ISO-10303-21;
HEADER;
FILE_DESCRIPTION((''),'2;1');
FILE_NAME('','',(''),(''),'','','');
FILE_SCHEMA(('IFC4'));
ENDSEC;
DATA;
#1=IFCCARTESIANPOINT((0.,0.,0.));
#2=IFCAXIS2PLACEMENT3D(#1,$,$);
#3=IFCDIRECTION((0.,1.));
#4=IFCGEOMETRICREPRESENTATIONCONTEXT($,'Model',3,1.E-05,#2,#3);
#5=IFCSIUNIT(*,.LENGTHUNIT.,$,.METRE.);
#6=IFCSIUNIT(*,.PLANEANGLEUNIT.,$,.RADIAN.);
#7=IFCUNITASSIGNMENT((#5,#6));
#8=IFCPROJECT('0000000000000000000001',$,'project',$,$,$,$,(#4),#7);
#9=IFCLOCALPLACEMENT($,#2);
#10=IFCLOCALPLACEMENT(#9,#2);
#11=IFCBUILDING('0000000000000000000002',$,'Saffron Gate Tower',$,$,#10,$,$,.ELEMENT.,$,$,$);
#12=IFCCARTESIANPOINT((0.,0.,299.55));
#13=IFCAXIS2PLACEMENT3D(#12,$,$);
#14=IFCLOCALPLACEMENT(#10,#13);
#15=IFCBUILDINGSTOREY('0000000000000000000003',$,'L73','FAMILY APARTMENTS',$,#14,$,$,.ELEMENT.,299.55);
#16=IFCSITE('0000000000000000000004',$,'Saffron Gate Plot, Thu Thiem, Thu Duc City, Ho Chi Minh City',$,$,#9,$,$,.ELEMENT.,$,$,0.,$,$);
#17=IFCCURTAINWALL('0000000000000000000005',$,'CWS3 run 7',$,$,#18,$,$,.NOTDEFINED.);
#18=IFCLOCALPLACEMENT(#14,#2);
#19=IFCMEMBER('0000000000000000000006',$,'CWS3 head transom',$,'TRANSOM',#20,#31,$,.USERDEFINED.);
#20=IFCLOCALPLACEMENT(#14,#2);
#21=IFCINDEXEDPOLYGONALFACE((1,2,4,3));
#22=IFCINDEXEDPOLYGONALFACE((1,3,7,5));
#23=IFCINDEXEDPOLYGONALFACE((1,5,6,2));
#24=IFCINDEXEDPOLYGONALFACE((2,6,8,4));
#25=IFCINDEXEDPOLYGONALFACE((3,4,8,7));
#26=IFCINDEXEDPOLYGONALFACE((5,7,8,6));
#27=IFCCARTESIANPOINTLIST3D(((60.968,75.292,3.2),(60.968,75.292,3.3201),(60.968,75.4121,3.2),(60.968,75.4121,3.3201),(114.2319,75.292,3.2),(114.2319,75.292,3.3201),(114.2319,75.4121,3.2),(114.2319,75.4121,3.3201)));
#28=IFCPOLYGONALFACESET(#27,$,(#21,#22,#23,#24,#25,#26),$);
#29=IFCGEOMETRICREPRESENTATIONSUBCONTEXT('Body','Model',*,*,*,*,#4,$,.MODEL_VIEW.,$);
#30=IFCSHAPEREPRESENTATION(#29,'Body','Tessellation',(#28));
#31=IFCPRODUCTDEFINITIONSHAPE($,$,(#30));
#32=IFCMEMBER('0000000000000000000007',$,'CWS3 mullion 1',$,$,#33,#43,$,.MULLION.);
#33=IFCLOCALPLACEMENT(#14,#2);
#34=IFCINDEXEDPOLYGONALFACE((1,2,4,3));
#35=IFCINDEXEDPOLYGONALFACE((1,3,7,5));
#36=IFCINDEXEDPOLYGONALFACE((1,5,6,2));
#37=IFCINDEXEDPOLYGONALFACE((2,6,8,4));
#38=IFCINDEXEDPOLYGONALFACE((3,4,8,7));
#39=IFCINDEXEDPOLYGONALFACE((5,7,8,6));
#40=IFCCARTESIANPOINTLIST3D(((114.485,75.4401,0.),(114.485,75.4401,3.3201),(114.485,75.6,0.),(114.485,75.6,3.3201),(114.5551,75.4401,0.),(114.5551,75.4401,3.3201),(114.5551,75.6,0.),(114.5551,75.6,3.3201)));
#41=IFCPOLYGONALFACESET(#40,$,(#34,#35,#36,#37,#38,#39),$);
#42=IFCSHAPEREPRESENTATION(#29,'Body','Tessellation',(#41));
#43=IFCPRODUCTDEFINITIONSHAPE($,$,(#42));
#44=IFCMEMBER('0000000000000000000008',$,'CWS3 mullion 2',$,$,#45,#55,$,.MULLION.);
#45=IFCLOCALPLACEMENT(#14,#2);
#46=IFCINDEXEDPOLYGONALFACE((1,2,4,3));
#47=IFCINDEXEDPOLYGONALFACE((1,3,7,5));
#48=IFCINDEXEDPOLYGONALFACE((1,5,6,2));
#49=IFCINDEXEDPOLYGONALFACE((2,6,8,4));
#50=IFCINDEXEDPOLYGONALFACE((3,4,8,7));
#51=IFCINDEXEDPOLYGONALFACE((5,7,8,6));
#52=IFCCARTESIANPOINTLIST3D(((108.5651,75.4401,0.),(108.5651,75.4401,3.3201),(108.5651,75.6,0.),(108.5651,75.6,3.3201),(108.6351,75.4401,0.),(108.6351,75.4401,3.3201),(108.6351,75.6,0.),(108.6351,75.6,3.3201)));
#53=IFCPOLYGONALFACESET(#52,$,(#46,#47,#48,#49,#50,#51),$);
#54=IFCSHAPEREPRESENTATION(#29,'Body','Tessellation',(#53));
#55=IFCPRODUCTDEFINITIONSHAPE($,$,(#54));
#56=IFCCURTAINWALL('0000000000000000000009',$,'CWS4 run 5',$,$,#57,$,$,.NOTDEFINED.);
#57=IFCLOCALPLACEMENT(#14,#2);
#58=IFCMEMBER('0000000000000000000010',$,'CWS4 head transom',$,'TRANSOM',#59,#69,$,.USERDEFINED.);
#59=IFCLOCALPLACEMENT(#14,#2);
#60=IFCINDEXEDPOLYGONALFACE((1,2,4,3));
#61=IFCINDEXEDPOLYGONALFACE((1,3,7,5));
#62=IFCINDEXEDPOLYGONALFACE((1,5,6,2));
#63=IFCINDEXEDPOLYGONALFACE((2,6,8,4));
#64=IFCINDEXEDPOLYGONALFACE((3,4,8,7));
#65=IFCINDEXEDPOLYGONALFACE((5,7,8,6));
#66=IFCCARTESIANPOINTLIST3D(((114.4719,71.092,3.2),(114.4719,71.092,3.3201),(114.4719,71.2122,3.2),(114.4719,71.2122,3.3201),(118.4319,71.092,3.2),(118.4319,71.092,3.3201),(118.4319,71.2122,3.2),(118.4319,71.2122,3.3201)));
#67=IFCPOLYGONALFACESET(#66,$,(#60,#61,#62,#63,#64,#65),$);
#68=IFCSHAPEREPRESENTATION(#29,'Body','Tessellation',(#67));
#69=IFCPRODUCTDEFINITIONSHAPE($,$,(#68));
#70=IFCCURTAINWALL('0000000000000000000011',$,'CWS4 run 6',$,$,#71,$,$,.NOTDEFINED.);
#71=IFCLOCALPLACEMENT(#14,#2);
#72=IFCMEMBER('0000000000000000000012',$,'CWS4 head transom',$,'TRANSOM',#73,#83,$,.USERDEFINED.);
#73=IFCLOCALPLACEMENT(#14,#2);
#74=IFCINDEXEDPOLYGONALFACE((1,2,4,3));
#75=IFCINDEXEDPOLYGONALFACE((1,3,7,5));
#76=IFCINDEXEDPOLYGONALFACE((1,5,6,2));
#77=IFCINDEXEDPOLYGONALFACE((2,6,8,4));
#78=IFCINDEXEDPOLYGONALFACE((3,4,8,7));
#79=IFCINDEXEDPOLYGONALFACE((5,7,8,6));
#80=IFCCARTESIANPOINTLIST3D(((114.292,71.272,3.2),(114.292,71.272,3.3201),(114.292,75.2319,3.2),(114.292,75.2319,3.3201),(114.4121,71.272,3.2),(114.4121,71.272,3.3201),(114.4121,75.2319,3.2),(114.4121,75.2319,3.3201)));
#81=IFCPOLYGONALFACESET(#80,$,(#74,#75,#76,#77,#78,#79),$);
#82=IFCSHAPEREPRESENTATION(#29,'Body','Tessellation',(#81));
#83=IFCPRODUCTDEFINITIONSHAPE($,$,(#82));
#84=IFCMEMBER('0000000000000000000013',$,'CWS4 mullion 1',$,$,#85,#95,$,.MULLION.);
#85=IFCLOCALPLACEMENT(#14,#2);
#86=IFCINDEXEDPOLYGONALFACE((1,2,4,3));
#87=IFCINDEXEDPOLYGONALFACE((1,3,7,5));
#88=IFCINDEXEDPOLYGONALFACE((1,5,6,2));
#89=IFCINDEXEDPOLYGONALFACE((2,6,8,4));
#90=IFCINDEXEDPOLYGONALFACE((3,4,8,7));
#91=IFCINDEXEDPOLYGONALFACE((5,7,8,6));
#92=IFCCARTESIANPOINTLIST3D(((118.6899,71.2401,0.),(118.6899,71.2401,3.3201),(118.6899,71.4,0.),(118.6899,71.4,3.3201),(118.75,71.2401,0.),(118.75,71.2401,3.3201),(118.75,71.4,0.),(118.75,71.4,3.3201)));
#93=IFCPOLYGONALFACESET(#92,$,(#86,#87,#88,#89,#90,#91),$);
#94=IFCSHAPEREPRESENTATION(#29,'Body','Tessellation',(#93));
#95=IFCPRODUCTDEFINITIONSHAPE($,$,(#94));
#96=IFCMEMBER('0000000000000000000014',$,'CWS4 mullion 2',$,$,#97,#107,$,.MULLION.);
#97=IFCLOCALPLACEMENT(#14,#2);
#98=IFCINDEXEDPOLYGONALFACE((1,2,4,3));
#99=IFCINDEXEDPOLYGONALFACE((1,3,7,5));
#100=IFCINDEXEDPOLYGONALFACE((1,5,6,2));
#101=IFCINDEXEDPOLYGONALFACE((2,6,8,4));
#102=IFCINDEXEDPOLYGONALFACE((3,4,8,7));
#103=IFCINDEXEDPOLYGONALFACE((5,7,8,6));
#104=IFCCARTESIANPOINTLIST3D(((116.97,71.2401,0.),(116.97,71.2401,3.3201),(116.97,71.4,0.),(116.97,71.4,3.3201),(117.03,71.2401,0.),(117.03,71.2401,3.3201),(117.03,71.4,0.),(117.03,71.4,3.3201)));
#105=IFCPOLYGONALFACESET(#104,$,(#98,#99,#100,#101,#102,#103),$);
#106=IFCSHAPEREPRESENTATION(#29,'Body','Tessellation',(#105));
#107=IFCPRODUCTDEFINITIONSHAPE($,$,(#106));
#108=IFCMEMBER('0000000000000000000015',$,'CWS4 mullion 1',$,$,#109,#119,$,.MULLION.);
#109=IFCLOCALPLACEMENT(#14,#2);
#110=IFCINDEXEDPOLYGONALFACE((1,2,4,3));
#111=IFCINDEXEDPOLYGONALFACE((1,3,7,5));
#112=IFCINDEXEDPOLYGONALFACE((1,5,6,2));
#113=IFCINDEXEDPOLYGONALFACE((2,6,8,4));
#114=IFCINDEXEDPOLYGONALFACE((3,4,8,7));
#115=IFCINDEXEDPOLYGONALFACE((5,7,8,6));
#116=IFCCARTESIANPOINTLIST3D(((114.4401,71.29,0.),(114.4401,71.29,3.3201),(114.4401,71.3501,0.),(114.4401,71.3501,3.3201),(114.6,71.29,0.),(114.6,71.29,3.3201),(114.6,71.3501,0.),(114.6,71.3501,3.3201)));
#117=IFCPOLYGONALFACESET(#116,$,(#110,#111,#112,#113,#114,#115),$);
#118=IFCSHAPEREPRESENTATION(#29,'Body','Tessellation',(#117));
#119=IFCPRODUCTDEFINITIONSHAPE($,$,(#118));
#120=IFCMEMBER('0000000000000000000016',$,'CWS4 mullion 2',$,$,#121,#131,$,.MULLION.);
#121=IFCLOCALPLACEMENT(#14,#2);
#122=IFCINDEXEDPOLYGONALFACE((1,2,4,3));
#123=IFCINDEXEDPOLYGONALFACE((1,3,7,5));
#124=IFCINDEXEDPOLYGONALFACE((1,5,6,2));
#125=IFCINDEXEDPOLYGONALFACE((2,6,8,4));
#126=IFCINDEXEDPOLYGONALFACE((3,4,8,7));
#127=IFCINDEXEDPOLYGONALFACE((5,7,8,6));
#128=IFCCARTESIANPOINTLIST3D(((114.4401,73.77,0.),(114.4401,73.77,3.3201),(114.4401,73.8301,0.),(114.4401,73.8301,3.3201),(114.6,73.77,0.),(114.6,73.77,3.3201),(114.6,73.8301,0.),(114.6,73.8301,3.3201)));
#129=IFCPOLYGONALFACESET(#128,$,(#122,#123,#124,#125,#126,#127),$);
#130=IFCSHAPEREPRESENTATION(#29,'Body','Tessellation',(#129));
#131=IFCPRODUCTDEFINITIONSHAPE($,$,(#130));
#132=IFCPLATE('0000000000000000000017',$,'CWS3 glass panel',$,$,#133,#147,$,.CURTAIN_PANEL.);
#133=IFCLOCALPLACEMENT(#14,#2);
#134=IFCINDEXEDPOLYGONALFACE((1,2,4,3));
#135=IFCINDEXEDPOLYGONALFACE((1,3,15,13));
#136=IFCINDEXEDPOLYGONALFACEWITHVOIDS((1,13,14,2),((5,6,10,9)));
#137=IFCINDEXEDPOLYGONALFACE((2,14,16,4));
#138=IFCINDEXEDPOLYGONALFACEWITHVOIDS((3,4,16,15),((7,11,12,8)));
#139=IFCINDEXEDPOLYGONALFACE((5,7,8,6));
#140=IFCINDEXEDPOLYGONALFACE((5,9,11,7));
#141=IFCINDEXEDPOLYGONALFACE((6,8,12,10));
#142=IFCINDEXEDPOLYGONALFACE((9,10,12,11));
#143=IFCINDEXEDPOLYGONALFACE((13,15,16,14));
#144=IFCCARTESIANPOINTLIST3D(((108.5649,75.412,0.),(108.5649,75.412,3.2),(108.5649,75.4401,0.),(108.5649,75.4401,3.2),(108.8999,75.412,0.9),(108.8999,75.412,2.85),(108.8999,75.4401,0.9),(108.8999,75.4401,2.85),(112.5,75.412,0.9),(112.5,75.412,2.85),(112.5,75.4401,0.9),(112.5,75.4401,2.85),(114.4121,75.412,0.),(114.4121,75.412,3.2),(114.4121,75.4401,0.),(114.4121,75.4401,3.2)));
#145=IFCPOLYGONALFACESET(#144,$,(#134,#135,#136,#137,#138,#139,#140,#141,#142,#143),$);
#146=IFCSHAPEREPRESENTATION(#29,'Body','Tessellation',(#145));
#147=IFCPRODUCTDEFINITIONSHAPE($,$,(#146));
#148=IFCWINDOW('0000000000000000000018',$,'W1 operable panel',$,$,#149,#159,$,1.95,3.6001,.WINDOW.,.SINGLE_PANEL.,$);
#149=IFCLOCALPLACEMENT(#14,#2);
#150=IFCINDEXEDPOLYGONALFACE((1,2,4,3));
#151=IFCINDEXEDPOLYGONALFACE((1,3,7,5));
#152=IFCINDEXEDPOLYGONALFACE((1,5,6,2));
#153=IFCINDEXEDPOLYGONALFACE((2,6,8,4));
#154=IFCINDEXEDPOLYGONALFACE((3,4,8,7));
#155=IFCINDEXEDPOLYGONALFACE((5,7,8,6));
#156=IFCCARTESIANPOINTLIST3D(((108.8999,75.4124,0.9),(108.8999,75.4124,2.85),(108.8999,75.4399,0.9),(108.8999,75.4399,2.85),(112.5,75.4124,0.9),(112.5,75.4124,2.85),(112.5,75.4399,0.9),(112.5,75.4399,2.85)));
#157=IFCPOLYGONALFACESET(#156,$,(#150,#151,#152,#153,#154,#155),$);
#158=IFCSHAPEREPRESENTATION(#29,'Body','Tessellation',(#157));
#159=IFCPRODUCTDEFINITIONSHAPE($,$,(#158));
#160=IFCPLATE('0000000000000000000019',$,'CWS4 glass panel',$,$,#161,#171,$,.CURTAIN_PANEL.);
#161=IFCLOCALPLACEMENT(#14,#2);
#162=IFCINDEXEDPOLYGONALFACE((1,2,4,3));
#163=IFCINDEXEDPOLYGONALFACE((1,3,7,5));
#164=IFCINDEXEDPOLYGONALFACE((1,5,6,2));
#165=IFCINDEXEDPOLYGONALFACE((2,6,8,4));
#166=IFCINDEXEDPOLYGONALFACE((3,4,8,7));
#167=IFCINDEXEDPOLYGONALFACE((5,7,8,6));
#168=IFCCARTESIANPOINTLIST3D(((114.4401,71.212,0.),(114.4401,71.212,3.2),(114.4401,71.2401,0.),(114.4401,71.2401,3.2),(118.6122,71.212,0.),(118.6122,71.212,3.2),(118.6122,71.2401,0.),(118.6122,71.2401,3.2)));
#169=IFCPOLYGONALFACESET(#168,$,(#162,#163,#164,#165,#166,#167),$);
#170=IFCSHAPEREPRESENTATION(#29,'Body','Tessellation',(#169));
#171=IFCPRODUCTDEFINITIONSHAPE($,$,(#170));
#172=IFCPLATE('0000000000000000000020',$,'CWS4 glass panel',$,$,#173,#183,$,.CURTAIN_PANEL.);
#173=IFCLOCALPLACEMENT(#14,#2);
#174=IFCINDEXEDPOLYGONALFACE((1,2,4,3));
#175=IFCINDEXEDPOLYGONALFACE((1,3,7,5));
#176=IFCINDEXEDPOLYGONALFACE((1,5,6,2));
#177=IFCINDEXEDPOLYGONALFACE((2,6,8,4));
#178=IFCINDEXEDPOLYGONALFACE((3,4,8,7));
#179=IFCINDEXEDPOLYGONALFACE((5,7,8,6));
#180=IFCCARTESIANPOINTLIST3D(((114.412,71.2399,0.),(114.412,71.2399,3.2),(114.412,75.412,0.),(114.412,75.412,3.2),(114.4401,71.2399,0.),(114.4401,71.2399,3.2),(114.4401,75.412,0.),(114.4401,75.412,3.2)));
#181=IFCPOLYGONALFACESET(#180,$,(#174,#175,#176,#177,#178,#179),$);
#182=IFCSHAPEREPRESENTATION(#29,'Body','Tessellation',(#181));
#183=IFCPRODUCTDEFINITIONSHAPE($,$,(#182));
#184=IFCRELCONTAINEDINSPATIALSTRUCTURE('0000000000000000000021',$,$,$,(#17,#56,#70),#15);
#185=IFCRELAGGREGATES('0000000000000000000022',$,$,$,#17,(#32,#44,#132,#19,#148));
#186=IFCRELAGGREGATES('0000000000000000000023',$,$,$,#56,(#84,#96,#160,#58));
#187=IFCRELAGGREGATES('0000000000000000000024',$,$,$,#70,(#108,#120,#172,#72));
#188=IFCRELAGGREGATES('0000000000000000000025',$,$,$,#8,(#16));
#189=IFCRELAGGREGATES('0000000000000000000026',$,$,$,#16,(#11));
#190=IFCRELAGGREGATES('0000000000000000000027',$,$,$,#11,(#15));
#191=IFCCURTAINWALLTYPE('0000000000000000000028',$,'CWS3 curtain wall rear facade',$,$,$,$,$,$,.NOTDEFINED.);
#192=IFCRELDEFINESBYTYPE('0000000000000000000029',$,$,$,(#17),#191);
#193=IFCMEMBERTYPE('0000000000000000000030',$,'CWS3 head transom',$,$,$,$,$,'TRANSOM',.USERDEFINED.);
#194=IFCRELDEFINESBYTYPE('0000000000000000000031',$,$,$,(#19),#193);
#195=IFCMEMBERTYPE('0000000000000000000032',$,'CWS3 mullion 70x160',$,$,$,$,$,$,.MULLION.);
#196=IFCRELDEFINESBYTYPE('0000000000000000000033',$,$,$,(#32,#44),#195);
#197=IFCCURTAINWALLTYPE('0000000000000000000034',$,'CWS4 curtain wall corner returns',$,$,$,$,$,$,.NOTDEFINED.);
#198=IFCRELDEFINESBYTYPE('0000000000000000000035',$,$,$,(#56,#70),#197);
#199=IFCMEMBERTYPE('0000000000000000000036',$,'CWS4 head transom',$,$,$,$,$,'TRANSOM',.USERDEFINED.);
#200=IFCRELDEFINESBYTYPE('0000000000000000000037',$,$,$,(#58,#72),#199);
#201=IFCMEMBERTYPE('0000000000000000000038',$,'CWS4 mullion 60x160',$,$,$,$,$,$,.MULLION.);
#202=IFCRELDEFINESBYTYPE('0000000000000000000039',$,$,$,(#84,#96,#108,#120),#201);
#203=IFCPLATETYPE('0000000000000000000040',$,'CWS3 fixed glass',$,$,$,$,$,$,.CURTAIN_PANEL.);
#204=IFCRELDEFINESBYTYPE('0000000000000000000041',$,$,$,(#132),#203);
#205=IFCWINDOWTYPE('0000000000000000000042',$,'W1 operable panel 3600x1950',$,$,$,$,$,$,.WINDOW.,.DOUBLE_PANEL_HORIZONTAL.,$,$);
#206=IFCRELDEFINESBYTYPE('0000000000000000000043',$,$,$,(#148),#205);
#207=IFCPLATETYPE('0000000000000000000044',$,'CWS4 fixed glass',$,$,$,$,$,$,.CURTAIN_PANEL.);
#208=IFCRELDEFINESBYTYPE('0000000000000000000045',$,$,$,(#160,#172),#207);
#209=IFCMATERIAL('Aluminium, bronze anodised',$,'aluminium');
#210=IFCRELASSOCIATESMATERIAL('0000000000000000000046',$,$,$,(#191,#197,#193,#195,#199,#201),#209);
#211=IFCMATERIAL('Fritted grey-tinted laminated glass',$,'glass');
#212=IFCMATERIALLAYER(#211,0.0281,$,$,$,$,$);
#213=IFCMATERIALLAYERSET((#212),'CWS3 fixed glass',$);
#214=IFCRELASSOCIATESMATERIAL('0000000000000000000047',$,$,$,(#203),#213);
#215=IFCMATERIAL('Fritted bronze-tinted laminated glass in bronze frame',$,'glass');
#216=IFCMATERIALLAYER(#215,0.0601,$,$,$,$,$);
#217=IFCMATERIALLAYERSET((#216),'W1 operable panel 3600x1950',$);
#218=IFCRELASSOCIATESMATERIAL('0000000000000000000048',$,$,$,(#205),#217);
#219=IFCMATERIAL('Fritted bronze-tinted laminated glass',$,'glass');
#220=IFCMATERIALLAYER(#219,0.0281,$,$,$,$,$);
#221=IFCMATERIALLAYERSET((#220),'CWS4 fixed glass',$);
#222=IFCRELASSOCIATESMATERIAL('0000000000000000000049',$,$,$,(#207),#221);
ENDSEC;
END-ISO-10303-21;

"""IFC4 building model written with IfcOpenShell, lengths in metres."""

from ifc_helpers import new_model, si_unit, direction, frame, frame_2d, origin, origin_2d, place, context, subcontext, project, spatial, rectangle, extrude, material, layer, layer_set, material_profile, profile_set, type_object, element, fill, aggregate, save


model = new_model("IFC4")

# Units and contexts
model_context = context("Model", 3, precision=1e-05, world=origin(), true_north=direction((0.0, 1.0)))
body_context = subcontext(model_context, "Body", "Model", "MODEL_VIEW")
ifc_project = project(units=[si_unit("LENGTHUNIT", "METRE"), si_unit("PLANEANGLEUNIT", "RADIAN")], contexts=[model_context])

# Site, building, storey
site_placement = place(None, origin())
site = spatial("IfcSite", under=ifc_project, at=site_placement, Name="Saffron Gate Plot, Thu Thiem, Thu Duc City, Ho Chi Minh City", CompositionType="ELEMENT", RefElevation=0.0)
building_placement = place(site_placement, origin())
building = spatial("IfcBuilding", under=site, at=building_placement, Name="Saffron Gate Tower", CompositionType="ELEMENT")
storey_placement = place(building_placement, frame((0.0, 0.0, 299.55)))
storey = spatial("IfcBuildingStorey", under=building, at=storey_placement, Name="L73", Description="FAMILY APARTMENTS", CompositionType="ELEMENT", Elevation=299.55)

# Curtain wall, members
ifc_material_1 = material(Name="Aluminium, bronze anodised", Category="aluminium")
curtain_wall_type_1 = type_object("IfcCurtainWallType", Name="CWS3 curtain wall rear facade", PredefinedType="NOTDEFINED", material=ifc_material_1)
curtain_wall_1_placement = place(storey_placement, origin())
curtain_wall_1 = element("IfcCurtainWall", 1, at=curtain_wall_1_placement, inside=storey, type_object=curtain_wall_type_1, Name="CWS3 run 7", PredefinedType="NOTDEFINED")
ifc_material_profile_1 = material_profile(ifc_material_1, rectangle(XDim=0.1201, YDim=0.1201, at=origin_2d()))
ifc_profile_set_1 = profile_set([ifc_material_profile_1], Name="Aluminium, bronze anodised")
member_type_1 = type_object("IfcMemberType", Name="CWS3 head transom", ElementType="TRANSOM", PredefinedType="USERDEFINED", material=ifc_profile_set_1)
member_1_placement = place(storey_placement, frame((114.2319, 75.3521, 3.26), z_axis=(-1.0, 0.0, 0.0), x_axis=(0.0, -1.0, 0.0)))
member_1 = element("IfcMember", 2, at=member_1_placement, type_object=member_type_1, Name="CWS3 head transom", ObjectType="TRANSOM", PredefinedType="USERDEFINED", context=body_context, shape_type="SweptSolid", body=[
    extrude(rectangle(XDim=0.1201, YDim=0.1201, at=origin_2d()), origin(), (0.0, 0.0, 1.0), 53.2639),
])
ifc_material_profile_2 = material_profile(ifc_material_1, rectangle(XDim=0.1599, YDim=0.0701, at=origin_2d()))
ifc_profile_set_2 = profile_set([ifc_material_profile_2], Name="Aluminium, bronze anodised")
member_type_2 = type_object("IfcMemberType", Name="CWS3 mullion 70x160", PredefinedType="MULLION", material=ifc_profile_set_2)
member_2_placement = place(storey_placement, frame((114.52, 75.52, 0.0), z_axis=(0.0, 0.0, 1.0), x_axis=(0.0, -1.0, 0.0)))
member_2 = element("IfcMember", 3, at=member_2_placement, type_object=member_type_2, Name="CWS3 mullion 1", PredefinedType="MULLION", context=body_context, shape_type="SweptSolid", body=[
    extrude(rectangle(XDim=0.1599, YDim=0.0701, at=origin_2d()), origin(), (0.0, 0.0, 1.0), 3.3201),
])
member_3_placement = place(storey_placement, frame((108.6001, 75.52, 0.0), z_axis=(0.0, 0.0, 1.0), x_axis=(0.0, -1.0, 0.0)))
member_3 = element("IfcMember", 4, at=member_3_placement, type_object=member_type_2, Name="CWS3 mullion 2", PredefinedType="MULLION", context=body_context, shape_type="SweptSolid", body=[
    extrude(rectangle(XDim=0.1599, YDim=0.0701, at=origin_2d()), origin(), (0.0, 0.0, 1.0), 3.3201),
])

# Curtain walls, members
curtain_wall_type_2 = type_object("IfcCurtainWallType", Name="CWS4 curtain wall corner returns", PredefinedType="NOTDEFINED", material=ifc_material_1)
curtain_wall_2_placement = place(storey_placement, origin())
curtain_wall_2 = element("IfcCurtainWall", 5, at=curtain_wall_2_placement, inside=storey, type_object=curtain_wall_type_2, Name="CWS4 run 5", PredefinedType="NOTDEFINED")
ifc_material_profile_3 = material_profile(ifc_material_1, rectangle(XDim=0.1201, YDim=0.1201, at=origin_2d()))
ifc_profile_set_3 = profile_set([ifc_material_profile_3], Name="Aluminium, bronze anodised")
member_type_3 = type_object("IfcMemberType", Name="CWS4 head transom", ElementType="TRANSOM", PredefinedType="USERDEFINED", material=ifc_profile_set_3)
member_4_placement = place(storey_placement, frame((118.4319, 71.1521, 3.26), z_axis=(-1.0, 0.0, 0.0), x_axis=(0.0, -1.0, 0.0)))
member_4 = element("IfcMember", 6, at=member_4_placement, type_object=member_type_3, Name="CWS4 head transom", ObjectType="TRANSOM", PredefinedType="USERDEFINED", context=body_context, shape_type="SweptSolid", body=[
    extrude(rectangle(XDim=0.1201, YDim=0.1201, at=origin_2d()), origin(), (0.0, 0.0, 1.0), 3.96),
])
curtain_wall_3_placement = place(storey_placement, origin())
curtain_wall_3 = element("IfcCurtainWall", 7, at=curtain_wall_3_placement, inside=storey, type_object=curtain_wall_type_2, Name="CWS4 run 6", PredefinedType="NOTDEFINED")
member_5_placement = place(storey_placement, frame((114.3521, 71.272, 3.26), z_axis=(0.0, 1.0, 0.0), x_axis=(-1.0, 0.0, 0.0)))
member_5 = element("IfcMember", 8, at=member_5_placement, type_object=member_type_3, Name="CWS4 head transom", ObjectType="TRANSOM", PredefinedType="USERDEFINED", context=body_context, shape_type="SweptSolid", body=[
    extrude(rectangle(XDim=0.1201, YDim=0.1201, at=origin_2d()), origin(), (0.0, 0.0, 1.0), 3.96),
])

# Members
ifc_material_profile_4 = material_profile(ifc_material_1, rectangle(XDim=0.1599, YDim=0.0601, at=origin_2d()))
ifc_profile_set_4 = profile_set([ifc_material_profile_4], Name="Aluminium, bronze anodised")
member_type_4 = type_object("IfcMemberType", Name="CWS4 mullion 60x160", PredefinedType="MULLION", material=ifc_profile_set_4)
member_6_placement = place(storey_placement, frame((118.72, 71.3201, 0.0), z_axis=(0.0, 0.0, 1.0), x_axis=(0.0, -1.0, 0.0)))
member_6 = element("IfcMember", 9, at=member_6_placement, type_object=member_type_4, Name="CWS4 mullion 1", PredefinedType="MULLION", context=body_context, shape_type="SweptSolid", body=[
    extrude(rectangle(XDim=0.1599, YDim=0.0601, at=origin_2d()), origin(), (0.0, 0.0, 1.0), 3.3201),
])
member_7_placement = place(storey_placement, frame((117.0, 71.3201, 0.0), z_axis=(0.0, 0.0, 1.0), x_axis=(0.0, -1.0, 0.0)))
member_7 = element("IfcMember", 10, at=member_7_placement, type_object=member_type_4, Name="CWS4 mullion 2", PredefinedType="MULLION", context=body_context, shape_type="SweptSolid", body=[
    extrude(rectangle(XDim=0.1599, YDim=0.0601, at=origin_2d()), origin(), (0.0, 0.0, 1.0), 3.3201),
])
member_8_placement = place(storey_placement, frame((114.52, 71.3201, 0.0), z_axis=(0.0, 0.0, 1.0), x_axis=(-1.0, 0.0, 0.0)))
member_8 = element("IfcMember", 11, at=member_8_placement, type_object=member_type_4, Name="CWS4 mullion 1", PredefinedType="MULLION", context=body_context, shape_type="SweptSolid", body=[
    extrude(rectangle(XDim=0.1599, YDim=0.0601, at=origin_2d()), origin(), (0.0, 0.0, 1.0), 3.3201),
])
member_9_placement = place(storey_placement, frame((114.52, 73.8, 0.0), z_axis=(0.0, 0.0, 1.0), x_axis=(-1.0, 0.0, 0.0)))
member_9 = element("IfcMember", 12, at=member_9_placement, type_object=member_type_4, Name="CWS4 mullion 2", PredefinedType="MULLION", context=body_context, shape_type="SweptSolid", body=[
    extrude(rectangle(XDim=0.1599, YDim=0.0601, at=origin_2d()), origin(), (0.0, 0.0, 1.0), 3.3201),
])

# Plate, opening, window
ifc_material_2 = material(Name="Fritted grey-tinted laminated glass", Category="glass")
ifc_layer_1 = layer(ifc_material_2, 0.0281)
ifc_layer_set_1 = layer_set([ifc_layer_1], Name="CWS3 fixed glass")
plate_type_1 = type_object("IfcPlateType", Name="CWS3 fixed glass", PredefinedType="CURTAIN_PANEL", material=ifc_layer_set_1)
plate_1_placement = place(storey_placement, frame((114.4121, 75.426, 0.0), z_axis=(0.0, 0.0, 1.0), x_axis=(-1.0, 0.0, 0.0)))
plate_1 = element("IfcPlate", 13, at=plate_1_placement, type_object=plate_type_1, Name="CWS3 glass panel", PredefinedType="CURTAIN_PANEL", context=body_context, shape_type="SweptSolid", body=[
    extrude(rectangle(XDim=5.8472, YDim=0.0281, at=frame_2d((2.9236, 0.0))), origin(), (0.0, 0.0, 1.0), 3.2),
])
opening_1_placement = place(plate_1_placement, frame((1.9121, 0.0, 0.8999)))
opening_1 = element("IfcOpeningElement", 14, at=opening_1_placement, cuts=plate_1, PredefinedType="OPENING", context=body_context, shape_type="SweptSolid", body=[
    extrude(rectangle(XDim=3.6001, YDim=1.95, at=frame_2d((1.8, 0.9751))), frame((0.0, 0.0239, 0.0), z_axis=(0.0, -1.0, 0.0), x_axis=(1.0, 0.0, 0.0)), (0.0, 0.0, 1.0), 0.0481),
])
ifc_material_3 = material(Name="Fritted bronze-tinted laminated glass in bronze frame", Category="glass")
ifc_layer_2 = layer(ifc_material_3, 0.0601)
ifc_layer_set_2 = layer_set([ifc_layer_2], Name="W1 operable panel 3600x1950")
window_type = type_object("IfcWindowType", Name="W1 operable panel 3600x1950", PartitioningType="DOUBLE_PANEL_HORIZONTAL", PredefinedType="WINDOW", material=ifc_layer_set_2)
window_placement = place(opening_1_placement, origin())
window = element("IfcWindow", 15, at=window_placement, type_object=window_type, Name="W1 operable panel", OverallHeight=1.95, OverallWidth=3.6001, PartitioningType="SINGLE_PANEL", PredefinedType="WINDOW", context=body_context, shape_type="SweptSolid", body=[
    extrude(rectangle(XDim=3.6001, YDim=1.95, at=frame_2d((1.8, 0.9751))), frame((0.0, 0.0137, 0.0), z_axis=(0.0, -1.0, 0.0), x_axis=(1.0, 0.0, 0.0)), (0.0, 0.0, 1.0), 0.0276),
])
fill(opening_1, window)
aggregate(curtain_wall_1, [member_2, member_3, plate_1, member_1, window])

# Plates
ifc_material_4 = material(Name="Fritted bronze-tinted laminated glass", Category="glass")
ifc_layer_3 = layer(ifc_material_4, 0.0281)
ifc_layer_set_3 = layer_set([ifc_layer_3], Name="CWS4 fixed glass")
plate_type_2 = type_object("IfcPlateType", Name="CWS4 fixed glass", PredefinedType="CURTAIN_PANEL", material=ifc_layer_set_3)
plate_2_placement = place(storey_placement, frame((118.6121, 71.2261, 0.0), z_axis=(0.0, 0.0, 1.0), x_axis=(-1.0, 0.0, 0.0)))
plate_2 = element("IfcPlate", 16, at=plate_2_placement, type_object=plate_type_2, Name="CWS4 glass panel", PredefinedType="CURTAIN_PANEL", context=body_context, shape_type="SweptSolid", body=[
    extrude(rectangle(XDim=4.1721, YDim=0.0281, at=frame_2d((2.0859, 0.0))), origin(), (0.0, 0.0, 1.0), 3.2),
])
aggregate(curtain_wall_2, [member_6, member_7, plate_2, member_4])
plate_3_placement = place(storey_placement, frame((114.426, 71.24, 0.0), z_axis=(0.0, 0.0, 1.0), x_axis=(0.0, 1.0, 0.0)))
plate_3 = element("IfcPlate", 17, at=plate_3_placement, type_object=plate_type_2, Name="CWS4 glass panel", PredefinedType="CURTAIN_PANEL", context=body_context, shape_type="SweptSolid", body=[
    extrude(rectangle(XDim=4.1721, YDim=0.0281, at=frame_2d((2.0859, 0.0))), origin(), (0.0, 0.0, 1.0), 3.2),
])
aggregate(curtain_wall_3, [member_8, member_9, plate_3, member_5])

save(model, "model.ifc")
